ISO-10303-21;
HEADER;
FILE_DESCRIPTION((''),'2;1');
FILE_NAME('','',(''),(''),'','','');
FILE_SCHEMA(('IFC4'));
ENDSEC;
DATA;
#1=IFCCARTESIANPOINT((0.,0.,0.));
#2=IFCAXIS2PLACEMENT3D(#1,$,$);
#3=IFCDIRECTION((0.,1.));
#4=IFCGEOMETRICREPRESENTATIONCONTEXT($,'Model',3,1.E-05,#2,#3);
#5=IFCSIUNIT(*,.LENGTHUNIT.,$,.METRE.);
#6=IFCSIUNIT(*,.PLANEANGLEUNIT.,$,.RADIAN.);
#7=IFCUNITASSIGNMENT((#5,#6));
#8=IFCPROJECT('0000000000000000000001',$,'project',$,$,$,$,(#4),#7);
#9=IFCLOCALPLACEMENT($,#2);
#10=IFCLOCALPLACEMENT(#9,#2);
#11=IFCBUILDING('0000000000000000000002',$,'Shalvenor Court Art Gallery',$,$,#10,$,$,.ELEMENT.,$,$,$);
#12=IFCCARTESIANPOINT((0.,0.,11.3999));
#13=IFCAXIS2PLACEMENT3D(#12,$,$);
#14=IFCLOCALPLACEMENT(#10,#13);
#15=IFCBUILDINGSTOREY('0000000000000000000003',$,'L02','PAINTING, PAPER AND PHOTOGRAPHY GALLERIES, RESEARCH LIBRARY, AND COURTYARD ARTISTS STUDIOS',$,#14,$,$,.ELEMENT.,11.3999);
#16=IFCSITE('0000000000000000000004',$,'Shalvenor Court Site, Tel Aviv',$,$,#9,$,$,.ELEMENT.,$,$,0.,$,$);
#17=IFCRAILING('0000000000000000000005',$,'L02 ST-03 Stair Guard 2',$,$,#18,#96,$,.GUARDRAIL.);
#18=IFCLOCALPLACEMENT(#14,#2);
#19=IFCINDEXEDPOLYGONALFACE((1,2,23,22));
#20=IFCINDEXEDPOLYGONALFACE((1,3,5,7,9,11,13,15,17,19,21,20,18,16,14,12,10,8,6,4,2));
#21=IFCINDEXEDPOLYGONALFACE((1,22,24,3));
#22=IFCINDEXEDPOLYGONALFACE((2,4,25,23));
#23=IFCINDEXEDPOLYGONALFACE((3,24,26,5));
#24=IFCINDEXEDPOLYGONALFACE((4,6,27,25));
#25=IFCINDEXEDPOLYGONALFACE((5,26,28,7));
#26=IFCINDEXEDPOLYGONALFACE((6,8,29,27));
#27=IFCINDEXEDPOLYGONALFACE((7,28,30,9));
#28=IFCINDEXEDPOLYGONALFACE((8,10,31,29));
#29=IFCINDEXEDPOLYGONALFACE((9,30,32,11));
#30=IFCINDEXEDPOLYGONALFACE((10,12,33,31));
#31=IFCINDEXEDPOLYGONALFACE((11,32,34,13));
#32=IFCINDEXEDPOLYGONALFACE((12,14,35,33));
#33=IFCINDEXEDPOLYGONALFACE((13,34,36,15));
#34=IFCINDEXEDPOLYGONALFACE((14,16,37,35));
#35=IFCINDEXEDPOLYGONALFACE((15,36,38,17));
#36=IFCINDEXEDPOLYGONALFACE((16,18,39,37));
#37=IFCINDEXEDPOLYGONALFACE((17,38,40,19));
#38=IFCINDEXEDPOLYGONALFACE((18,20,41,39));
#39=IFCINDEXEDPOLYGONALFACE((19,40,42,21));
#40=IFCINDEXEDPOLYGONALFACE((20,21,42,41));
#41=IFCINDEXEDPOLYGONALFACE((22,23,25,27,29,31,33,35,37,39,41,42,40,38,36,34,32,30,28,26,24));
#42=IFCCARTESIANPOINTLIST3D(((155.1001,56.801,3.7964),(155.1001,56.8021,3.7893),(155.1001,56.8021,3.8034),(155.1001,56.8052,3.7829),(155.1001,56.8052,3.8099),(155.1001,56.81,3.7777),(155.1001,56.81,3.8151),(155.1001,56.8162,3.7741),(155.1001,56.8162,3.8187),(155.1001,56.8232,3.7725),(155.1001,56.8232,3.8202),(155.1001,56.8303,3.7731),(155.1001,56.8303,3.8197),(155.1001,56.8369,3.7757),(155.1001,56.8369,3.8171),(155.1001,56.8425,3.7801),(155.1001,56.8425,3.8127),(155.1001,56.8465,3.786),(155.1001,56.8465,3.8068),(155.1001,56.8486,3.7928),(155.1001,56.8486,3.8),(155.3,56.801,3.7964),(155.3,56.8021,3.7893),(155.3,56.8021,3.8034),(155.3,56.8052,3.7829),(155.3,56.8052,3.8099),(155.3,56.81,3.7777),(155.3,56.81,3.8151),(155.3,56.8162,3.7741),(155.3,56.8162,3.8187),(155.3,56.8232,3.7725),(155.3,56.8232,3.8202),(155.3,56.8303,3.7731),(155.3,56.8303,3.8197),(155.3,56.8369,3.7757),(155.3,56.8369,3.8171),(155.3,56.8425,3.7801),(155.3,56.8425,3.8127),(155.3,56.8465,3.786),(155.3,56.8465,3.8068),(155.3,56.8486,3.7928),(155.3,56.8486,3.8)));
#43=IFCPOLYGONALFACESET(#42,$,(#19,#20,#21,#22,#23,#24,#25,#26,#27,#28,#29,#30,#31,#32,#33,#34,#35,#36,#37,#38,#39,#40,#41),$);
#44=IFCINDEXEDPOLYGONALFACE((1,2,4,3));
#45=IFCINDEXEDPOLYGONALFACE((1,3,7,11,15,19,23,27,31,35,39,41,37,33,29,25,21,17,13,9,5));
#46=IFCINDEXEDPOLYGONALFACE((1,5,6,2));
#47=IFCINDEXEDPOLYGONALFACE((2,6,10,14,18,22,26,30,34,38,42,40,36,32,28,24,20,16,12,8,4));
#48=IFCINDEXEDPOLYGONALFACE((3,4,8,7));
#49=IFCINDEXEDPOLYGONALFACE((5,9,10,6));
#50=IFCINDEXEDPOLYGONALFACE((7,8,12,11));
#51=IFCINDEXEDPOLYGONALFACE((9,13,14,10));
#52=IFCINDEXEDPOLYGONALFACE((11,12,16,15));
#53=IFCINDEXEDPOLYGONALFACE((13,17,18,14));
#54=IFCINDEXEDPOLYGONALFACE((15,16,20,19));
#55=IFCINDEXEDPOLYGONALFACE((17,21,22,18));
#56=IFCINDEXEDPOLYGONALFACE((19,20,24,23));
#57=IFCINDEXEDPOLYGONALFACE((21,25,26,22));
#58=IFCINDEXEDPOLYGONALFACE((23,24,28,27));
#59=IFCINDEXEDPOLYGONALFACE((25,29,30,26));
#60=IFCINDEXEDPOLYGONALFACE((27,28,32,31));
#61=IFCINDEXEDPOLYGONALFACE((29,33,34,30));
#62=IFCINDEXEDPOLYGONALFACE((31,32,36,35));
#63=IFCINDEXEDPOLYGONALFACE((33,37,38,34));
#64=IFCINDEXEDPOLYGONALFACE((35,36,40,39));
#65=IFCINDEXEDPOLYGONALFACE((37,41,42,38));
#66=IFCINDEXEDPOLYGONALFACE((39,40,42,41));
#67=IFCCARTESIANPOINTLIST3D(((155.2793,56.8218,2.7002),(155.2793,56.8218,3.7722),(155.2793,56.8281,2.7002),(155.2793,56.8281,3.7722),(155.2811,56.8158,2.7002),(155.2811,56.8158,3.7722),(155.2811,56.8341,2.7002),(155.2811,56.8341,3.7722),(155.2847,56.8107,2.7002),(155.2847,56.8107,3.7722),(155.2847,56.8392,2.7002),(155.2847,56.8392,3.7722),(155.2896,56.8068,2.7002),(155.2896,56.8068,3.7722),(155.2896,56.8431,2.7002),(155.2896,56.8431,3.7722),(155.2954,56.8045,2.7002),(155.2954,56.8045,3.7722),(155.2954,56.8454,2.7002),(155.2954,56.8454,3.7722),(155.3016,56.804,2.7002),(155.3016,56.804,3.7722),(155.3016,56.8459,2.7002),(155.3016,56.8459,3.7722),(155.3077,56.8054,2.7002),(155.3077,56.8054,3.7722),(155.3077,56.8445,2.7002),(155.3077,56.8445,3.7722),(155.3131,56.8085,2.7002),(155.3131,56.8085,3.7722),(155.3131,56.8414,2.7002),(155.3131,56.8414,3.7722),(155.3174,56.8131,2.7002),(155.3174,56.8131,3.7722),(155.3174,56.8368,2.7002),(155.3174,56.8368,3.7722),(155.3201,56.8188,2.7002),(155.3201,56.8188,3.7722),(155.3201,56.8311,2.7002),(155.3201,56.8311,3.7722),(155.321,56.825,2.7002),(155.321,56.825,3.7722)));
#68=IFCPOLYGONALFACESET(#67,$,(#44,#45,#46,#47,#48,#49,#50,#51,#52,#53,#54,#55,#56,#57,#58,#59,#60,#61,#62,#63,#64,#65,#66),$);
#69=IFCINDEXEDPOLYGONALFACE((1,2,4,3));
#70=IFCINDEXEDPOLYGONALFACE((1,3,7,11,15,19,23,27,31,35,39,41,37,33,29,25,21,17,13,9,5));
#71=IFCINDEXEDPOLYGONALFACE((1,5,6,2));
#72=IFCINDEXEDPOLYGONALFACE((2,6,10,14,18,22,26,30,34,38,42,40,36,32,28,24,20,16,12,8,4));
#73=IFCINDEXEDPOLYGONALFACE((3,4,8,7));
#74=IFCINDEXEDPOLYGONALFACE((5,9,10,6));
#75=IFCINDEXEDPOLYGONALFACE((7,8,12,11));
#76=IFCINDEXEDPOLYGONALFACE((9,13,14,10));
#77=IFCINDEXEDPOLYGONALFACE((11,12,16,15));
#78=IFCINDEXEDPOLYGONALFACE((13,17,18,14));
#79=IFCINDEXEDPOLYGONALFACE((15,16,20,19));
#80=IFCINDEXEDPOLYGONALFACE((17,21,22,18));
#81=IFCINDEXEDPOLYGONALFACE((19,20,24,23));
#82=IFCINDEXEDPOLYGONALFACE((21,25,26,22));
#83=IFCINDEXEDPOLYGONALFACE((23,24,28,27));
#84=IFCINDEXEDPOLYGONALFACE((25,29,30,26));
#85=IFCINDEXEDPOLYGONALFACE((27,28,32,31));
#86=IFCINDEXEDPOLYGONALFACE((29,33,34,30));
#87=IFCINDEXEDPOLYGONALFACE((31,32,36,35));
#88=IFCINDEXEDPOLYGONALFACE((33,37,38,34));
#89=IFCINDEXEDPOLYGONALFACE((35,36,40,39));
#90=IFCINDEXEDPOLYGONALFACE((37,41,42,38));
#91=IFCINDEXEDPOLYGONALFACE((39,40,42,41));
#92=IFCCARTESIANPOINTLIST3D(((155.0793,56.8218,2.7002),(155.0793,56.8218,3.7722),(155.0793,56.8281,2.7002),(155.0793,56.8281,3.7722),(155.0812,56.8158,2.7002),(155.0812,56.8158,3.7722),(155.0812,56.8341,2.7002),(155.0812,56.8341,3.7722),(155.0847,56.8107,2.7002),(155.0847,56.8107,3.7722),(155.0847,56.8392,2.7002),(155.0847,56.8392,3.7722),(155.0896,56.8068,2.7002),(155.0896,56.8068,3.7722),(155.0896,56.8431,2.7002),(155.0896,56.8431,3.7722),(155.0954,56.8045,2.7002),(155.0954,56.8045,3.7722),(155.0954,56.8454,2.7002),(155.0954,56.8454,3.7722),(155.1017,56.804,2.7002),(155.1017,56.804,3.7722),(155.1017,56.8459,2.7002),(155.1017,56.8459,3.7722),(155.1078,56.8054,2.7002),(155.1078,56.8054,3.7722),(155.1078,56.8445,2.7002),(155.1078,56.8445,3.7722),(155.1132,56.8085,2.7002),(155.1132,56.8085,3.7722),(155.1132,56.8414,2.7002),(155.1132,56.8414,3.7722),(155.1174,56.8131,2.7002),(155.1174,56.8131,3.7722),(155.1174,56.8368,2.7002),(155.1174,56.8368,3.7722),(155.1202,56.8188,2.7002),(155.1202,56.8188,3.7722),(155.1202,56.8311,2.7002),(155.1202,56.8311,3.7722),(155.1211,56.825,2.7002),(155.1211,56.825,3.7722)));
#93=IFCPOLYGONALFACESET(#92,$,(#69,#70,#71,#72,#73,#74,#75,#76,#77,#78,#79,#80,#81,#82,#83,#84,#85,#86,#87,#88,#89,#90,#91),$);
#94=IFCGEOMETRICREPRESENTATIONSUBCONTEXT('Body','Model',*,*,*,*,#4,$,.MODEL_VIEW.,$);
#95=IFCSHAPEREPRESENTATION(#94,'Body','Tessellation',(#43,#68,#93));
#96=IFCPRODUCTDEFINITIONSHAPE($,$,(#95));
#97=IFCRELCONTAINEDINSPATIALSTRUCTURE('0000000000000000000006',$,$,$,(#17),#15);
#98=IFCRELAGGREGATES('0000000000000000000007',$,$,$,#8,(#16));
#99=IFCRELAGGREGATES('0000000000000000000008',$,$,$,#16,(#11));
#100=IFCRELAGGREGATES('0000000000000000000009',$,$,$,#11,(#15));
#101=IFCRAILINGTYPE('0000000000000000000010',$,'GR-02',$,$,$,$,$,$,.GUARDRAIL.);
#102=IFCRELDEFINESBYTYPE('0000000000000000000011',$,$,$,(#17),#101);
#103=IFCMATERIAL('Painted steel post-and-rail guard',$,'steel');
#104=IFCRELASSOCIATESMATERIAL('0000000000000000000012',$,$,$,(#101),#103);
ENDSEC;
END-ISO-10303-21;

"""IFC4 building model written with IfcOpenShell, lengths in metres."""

from ifc_helpers import new_model, si_unit, direction, frame, origin, origin_2d, place, context, subcontext, project, spatial, circle, extrude, material, type_object, element, save


model = new_model("IFC4")

# Units and contexts
model_context = context("Model", 3, precision=1e-05, world=origin(), true_north=direction((0.0, 1.0)))
body_context = subcontext(model_context, "Body", "Model", "MODEL_VIEW")
ifc_project = project(units=[si_unit("LENGTHUNIT", "METRE"), si_unit("PLANEANGLEUNIT", "RADIAN")], contexts=[model_context])

# Site, building, storey
site_placement = place(None, origin())
site = spatial("IfcSite", under=ifc_project, at=site_placement, Name="Shalvenor Court Site, Tel Aviv", CompositionType="ELEMENT", RefElevation=0.0)
building_placement = place(site_placement, origin())
building = spatial("IfcBuilding", under=site, at=building_placement, Name="Shalvenor Court Art Gallery", CompositionType="ELEMENT")
storey_placement = place(building_placement, frame((0.0, 0.0, 11.3999)))
storey = spatial("IfcBuildingStorey", under=building, at=storey_placement, Name="L02", Description="PAINTING, PAPER AND PHOTOGRAPHY GALLERIES, RESEARCH LIBRARY, AND COURTYARD ARTISTS STUDIOS", CompositionType="ELEMENT", Elevation=11.3999)

# Railing
ifc_material_1 = material(Name="Painted steel post-and-rail guard", Category="steel")
railing_type_1 = type_object("IfcRailingType", Name="GR-02", PredefinedType="GUARDRAIL", material=ifc_material_1)
railing_1_placement = place(storey_placement, frame((155.3, 56.825, 2.7002)))
element("IfcRailing", 1, at=railing_1_placement, inside=storey, type_object=railing_type_1, Name="L02 ST-03 Stair Guard 2", PredefinedType="GUARDRAIL", context=body_context, shape_type="SweptSolid", body=[
    extrude(circle(Radius=0.0239, at=origin_2d()), frame((0.0, 0.0, 1.0962), z_axis=(-1.0, 0.0, 0.0), x_axis=(0.0, -1.0, 0.0)), (0.0, 0.0, 1.0), 0.2),
    extrude(circle(Radius=0.021, at=origin_2d()), origin(), (0.0, 0.0, 1.0), 1.072),
    extrude(circle(Radius=0.021, at=origin_2d()), frame((-0.2, 0.0, 0.0)), (0.0, 0.0, 1.0), 1.072),
])

save(model, "model.ifc")
